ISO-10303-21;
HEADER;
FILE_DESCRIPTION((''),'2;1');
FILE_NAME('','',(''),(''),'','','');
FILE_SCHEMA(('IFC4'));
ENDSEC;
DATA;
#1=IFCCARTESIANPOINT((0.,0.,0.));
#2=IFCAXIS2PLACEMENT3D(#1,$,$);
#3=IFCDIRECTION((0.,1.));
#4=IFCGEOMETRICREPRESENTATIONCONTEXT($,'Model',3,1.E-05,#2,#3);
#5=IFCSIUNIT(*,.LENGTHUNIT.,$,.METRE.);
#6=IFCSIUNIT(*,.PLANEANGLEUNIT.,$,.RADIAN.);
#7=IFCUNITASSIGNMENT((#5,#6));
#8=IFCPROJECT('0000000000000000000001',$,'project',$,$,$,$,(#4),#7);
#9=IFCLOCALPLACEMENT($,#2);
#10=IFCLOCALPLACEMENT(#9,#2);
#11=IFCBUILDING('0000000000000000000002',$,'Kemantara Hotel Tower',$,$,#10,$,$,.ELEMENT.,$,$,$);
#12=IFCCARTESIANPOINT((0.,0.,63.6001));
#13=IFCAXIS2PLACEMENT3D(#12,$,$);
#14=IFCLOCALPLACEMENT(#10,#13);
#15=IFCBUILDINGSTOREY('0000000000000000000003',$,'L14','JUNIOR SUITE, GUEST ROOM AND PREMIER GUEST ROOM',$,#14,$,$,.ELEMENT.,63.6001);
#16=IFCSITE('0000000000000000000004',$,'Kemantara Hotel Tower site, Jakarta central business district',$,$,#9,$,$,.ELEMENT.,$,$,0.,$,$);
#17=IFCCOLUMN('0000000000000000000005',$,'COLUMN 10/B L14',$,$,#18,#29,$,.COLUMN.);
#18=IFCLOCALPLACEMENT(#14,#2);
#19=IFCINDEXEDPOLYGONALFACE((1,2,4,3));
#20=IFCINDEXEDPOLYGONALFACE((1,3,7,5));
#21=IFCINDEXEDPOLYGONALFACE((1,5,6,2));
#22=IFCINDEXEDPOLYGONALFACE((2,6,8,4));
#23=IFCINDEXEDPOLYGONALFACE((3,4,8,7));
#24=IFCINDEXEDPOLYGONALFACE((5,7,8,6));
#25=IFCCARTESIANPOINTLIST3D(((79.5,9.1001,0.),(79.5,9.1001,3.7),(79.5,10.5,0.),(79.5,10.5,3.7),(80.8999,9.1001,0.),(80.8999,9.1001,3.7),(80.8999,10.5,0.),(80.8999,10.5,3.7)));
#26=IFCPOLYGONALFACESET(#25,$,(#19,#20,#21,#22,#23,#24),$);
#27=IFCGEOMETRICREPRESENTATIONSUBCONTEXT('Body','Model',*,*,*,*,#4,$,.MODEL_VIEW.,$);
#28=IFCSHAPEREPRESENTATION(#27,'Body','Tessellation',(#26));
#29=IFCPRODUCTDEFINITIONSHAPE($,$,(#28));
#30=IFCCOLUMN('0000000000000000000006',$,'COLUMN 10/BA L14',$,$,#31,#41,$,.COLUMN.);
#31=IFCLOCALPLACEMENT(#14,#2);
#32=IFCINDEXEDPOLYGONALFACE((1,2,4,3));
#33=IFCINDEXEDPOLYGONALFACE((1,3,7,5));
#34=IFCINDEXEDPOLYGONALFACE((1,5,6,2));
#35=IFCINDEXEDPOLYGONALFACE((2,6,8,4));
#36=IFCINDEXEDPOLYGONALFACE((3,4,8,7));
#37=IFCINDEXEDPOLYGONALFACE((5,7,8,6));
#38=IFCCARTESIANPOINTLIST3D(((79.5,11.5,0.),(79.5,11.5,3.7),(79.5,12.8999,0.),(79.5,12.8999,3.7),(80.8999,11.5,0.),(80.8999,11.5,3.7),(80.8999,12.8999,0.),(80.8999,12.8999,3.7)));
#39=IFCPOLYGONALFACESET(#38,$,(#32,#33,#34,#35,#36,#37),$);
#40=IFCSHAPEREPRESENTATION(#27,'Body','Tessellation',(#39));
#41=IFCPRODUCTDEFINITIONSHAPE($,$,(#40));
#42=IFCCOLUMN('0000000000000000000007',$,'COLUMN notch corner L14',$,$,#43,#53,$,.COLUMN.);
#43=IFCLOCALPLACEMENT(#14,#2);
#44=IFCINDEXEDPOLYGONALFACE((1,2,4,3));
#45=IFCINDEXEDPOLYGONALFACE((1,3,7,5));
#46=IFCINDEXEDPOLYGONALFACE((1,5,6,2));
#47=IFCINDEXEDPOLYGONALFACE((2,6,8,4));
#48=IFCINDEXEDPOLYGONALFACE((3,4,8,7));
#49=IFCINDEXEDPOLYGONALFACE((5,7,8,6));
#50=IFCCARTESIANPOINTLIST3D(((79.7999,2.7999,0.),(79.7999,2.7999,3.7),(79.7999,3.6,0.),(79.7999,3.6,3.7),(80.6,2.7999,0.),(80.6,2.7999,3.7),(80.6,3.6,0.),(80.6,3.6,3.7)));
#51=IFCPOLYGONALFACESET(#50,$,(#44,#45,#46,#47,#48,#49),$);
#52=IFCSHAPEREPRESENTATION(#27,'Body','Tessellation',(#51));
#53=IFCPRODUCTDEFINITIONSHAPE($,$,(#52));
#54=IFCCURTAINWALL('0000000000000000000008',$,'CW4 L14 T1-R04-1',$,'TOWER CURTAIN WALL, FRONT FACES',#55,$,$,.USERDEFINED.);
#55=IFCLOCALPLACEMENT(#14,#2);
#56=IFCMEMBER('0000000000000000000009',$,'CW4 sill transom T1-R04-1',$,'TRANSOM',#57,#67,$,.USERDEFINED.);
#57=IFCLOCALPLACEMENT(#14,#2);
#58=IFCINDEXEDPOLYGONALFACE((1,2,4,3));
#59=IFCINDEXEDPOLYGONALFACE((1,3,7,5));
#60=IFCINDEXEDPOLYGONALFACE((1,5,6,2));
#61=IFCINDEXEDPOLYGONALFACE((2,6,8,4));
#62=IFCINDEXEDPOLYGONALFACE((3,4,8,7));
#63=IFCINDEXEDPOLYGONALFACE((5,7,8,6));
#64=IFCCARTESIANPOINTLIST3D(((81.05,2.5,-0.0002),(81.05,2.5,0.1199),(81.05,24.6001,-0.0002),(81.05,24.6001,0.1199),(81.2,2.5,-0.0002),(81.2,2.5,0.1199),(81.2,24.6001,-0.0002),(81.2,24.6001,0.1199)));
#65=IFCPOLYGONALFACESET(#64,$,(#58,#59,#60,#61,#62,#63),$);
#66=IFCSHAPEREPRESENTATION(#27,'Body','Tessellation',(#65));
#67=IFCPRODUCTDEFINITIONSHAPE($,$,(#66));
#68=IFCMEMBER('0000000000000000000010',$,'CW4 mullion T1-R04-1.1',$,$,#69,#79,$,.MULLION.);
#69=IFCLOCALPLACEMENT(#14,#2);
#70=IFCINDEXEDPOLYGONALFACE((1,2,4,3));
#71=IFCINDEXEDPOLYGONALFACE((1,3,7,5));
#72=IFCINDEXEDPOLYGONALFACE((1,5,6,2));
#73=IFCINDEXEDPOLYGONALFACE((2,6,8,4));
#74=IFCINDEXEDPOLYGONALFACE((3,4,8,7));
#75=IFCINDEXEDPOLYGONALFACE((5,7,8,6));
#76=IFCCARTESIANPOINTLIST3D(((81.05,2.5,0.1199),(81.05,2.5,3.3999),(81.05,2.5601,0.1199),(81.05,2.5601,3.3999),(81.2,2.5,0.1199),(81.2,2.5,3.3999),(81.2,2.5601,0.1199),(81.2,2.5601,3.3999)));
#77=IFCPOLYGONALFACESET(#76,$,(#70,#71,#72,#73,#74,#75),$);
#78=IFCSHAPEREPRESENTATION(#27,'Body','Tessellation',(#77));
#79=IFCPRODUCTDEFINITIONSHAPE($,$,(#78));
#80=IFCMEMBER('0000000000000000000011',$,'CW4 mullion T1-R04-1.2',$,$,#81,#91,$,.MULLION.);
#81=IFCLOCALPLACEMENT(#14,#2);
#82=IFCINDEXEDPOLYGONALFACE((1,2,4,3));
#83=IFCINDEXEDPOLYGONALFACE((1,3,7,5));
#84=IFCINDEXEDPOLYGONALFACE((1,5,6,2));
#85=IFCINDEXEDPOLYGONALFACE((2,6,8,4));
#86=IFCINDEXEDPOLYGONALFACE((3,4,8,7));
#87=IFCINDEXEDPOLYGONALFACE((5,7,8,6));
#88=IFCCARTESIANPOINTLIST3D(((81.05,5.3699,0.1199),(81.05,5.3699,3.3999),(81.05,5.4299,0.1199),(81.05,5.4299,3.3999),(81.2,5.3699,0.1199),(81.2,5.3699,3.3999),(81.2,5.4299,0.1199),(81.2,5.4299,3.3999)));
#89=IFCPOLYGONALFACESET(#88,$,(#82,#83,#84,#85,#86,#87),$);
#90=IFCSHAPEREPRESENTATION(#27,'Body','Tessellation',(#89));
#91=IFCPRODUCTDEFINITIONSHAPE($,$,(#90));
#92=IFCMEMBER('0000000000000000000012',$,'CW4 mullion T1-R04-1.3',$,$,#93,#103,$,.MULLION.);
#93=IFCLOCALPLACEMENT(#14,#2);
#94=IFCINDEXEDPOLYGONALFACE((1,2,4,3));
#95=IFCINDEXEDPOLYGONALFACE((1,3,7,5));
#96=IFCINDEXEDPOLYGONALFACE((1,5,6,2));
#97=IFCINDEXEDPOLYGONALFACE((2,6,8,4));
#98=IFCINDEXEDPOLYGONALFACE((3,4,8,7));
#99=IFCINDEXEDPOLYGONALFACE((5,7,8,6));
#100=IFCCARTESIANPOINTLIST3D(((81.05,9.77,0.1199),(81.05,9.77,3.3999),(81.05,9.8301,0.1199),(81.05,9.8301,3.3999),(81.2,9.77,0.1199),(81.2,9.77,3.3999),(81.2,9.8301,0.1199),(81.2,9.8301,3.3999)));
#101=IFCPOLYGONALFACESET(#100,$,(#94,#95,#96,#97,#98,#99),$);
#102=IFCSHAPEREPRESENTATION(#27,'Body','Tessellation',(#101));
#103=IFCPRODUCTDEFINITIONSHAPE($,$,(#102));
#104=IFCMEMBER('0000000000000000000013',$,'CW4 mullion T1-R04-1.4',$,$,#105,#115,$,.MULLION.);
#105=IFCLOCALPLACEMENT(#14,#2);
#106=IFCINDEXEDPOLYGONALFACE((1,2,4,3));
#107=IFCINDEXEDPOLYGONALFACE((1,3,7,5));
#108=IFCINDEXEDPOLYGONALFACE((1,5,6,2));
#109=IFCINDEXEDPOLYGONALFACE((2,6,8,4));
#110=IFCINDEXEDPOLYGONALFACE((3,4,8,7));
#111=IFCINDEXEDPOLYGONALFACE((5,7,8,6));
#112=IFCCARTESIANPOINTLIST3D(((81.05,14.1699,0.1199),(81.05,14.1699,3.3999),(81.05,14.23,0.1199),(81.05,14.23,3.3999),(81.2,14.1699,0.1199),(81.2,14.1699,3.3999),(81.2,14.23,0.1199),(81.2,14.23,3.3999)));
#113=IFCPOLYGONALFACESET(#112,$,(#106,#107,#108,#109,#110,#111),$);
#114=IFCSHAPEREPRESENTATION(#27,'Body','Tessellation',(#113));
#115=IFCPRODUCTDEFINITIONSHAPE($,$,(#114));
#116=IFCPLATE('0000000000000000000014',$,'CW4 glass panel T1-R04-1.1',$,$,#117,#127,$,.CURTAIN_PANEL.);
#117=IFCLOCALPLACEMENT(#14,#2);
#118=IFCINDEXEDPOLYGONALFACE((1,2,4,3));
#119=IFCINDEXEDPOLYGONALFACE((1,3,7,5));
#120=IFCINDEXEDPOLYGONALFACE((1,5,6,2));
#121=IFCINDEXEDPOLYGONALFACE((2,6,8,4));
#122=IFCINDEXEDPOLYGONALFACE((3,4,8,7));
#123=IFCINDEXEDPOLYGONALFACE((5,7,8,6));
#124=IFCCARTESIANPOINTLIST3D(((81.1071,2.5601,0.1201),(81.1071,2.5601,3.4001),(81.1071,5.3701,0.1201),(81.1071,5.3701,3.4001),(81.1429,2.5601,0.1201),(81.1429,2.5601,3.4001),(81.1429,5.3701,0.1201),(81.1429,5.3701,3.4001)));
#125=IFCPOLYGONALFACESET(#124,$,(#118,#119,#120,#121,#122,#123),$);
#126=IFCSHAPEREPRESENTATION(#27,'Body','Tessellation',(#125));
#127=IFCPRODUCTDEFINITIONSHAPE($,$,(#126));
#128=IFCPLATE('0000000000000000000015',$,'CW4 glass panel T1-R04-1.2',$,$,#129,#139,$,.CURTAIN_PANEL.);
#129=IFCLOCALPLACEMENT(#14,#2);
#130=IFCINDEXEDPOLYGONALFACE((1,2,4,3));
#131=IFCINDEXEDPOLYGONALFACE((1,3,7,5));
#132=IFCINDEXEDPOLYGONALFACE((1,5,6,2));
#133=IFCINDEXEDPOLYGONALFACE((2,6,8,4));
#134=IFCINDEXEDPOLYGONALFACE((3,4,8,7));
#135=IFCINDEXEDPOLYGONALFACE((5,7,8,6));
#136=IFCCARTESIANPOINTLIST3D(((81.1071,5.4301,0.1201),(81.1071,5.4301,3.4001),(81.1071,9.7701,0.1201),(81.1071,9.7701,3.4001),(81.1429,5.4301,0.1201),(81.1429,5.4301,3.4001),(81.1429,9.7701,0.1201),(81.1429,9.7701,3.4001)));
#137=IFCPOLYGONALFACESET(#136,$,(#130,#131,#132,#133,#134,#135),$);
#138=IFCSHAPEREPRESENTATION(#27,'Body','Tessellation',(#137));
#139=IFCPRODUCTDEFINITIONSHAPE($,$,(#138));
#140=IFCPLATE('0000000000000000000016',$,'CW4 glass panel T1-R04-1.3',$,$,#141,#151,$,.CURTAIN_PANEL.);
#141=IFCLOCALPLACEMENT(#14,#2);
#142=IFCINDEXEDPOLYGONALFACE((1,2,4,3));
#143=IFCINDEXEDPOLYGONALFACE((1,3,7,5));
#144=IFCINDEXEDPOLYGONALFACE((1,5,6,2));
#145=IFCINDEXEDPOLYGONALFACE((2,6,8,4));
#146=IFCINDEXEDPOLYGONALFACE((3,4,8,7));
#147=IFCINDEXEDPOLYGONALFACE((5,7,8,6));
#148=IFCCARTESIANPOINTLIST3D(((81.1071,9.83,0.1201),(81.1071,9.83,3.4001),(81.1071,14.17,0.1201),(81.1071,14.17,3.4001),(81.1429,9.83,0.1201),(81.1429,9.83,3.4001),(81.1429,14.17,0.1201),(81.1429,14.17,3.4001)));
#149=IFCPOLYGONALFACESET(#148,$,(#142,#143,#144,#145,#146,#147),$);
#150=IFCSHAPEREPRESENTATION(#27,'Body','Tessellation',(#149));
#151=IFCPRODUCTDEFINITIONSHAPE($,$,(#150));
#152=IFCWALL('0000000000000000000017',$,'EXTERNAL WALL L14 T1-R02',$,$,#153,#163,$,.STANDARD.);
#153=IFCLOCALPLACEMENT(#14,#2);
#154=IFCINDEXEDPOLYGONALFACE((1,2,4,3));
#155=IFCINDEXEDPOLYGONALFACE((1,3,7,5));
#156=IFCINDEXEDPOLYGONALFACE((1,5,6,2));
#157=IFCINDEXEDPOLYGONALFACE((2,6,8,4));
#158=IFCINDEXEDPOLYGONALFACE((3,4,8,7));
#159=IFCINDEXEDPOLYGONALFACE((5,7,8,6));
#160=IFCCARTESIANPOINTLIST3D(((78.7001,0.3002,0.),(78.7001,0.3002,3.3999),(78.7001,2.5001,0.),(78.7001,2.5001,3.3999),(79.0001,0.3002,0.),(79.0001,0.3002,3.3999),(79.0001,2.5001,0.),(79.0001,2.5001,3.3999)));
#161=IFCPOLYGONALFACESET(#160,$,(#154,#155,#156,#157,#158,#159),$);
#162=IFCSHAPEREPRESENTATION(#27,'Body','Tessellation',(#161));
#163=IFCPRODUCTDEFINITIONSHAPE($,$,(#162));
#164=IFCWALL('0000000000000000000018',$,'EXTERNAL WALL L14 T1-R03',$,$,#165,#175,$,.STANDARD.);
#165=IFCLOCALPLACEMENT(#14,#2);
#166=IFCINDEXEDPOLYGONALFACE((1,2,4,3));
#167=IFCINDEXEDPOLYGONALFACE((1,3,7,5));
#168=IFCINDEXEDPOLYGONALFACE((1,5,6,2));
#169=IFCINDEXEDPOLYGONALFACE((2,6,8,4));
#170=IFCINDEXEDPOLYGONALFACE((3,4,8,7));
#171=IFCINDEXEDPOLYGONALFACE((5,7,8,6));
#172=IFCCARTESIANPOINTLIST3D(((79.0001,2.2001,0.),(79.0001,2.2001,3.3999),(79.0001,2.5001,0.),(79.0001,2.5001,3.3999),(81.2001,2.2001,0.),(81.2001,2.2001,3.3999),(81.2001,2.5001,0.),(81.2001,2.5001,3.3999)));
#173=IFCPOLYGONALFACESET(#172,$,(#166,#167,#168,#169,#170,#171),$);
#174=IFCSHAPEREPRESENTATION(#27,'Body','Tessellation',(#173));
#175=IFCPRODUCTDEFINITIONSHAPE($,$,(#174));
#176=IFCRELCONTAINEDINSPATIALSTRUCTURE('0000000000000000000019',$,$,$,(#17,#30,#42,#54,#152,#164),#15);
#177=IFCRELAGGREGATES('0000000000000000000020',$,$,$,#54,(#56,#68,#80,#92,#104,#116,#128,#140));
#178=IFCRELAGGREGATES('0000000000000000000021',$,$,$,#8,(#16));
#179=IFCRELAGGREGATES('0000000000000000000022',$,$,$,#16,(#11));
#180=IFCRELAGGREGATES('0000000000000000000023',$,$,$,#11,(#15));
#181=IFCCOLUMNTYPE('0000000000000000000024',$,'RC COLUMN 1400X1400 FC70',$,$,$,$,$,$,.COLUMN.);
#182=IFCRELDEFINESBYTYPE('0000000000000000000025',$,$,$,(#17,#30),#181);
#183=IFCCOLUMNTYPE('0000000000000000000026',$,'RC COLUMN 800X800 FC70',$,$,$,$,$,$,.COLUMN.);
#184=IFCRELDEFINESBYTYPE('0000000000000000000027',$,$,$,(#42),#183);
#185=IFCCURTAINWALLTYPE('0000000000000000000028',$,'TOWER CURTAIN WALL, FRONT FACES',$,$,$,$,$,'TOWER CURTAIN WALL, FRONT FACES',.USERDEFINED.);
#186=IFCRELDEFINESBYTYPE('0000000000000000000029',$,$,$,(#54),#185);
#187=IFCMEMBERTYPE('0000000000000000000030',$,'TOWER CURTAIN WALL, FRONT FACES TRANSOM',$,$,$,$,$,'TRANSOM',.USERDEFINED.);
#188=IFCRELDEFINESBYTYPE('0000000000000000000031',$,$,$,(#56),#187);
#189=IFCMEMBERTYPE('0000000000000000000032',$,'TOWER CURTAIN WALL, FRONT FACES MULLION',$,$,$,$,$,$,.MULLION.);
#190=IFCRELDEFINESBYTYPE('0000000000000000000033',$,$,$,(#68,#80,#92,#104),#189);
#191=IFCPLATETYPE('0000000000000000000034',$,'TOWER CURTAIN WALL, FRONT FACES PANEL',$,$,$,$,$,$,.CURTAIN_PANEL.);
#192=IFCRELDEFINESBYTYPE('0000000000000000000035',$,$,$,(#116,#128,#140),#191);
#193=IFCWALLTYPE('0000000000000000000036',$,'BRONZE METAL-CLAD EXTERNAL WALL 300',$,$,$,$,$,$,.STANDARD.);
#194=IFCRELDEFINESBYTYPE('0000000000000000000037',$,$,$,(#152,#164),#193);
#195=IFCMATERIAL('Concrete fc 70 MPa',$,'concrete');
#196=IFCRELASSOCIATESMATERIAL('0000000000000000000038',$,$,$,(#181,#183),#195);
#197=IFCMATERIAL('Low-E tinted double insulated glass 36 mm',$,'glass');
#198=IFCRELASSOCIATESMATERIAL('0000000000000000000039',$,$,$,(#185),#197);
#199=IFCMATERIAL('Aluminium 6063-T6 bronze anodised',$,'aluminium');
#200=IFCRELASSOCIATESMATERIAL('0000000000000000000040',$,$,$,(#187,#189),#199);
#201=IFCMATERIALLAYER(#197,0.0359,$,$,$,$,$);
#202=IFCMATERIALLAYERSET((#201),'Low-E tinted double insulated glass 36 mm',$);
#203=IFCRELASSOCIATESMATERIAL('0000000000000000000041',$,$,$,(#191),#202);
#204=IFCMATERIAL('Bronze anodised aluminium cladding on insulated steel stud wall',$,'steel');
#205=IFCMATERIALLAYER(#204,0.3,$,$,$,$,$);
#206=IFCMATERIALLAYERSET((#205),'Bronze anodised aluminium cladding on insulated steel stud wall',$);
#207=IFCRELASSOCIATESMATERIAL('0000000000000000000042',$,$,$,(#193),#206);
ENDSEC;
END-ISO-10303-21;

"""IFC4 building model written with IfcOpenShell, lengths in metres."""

from ifc_helpers import new_model, si_unit, direction, frame, frame_2d, origin, origin_2d, place, context, subcontext, project, spatial, rectangle, extrude, source, transform, mapped, material, layer, layer_set, material_profile, profile_set, type_object, element, aggregate, save


model = new_model("IFC4")

# Units and contexts
model_context = context("Model", 3, precision=1e-05, world=origin(), true_north=direction((0.0, 1.0)))
body_context = subcontext(model_context, "Body", "Model", "MODEL_VIEW")
ifc_project = project(units=[si_unit("LENGTHUNIT", "METRE"), si_unit("PLANEANGLEUNIT", "RADIAN")], contexts=[model_context])

# Site, building, storey
site_placement = place(None, origin())
site = spatial("IfcSite", under=ifc_project, at=site_placement, Name="Kemantara Hotel Tower site, Jakarta central business district", CompositionType="ELEMENT", RefElevation=0.0)
building_placement = place(site_placement, origin())
building = spatial("IfcBuilding", under=site, at=building_placement, Name="Kemantara Hotel Tower", CompositionType="ELEMENT")
storey_placement = place(building_placement, frame((0.0, 0.0, 63.6001)))
storey = spatial("IfcBuildingStorey", under=building, at=storey_placement, Name="L14", Description="JUNIOR SUITE, GUEST ROOM AND PREMIER GUEST ROOM", CompositionType="ELEMENT", Elevation=63.6001)

# Columns
ifc_material_1 = material(Name="Concrete fc 70 MPa", Category="concrete")
ifc_material_profile_1 = material_profile(ifc_material_1, rectangle(XDim=1.3999, YDim=1.3999, at=origin_2d()), Name="RC 1400X1400")
ifc_profile_set_1 = profile_set([ifc_material_profile_1], Name="Concrete fc 70 MPa")
column_type_1 = type_object("IfcColumnType", Name="RC COLUMN 1400X1400 FC70", PredefinedType="COLUMN", material=ifc_profile_set_1)
for number, where, z_axis, x_axis, name in (
    (1, (80.2, 9.8, 0.0), (0.0, 0.0, 1.0), (1.0, 0.0, 0.0), "COLUMN 10/B L14"),
    (2, (80.2, 12.2, 0.0), (0.0, 0.0, 1.0), (1.0, 0.0, 0.0), "COLUMN 10/BA L14"),
):
    element("IfcColumn", number, at=place(storey_placement, frame(where, z_axis=z_axis, x_axis=x_axis)), inside=storey, type_object=column_type_1, Name=name, PredefinedType="COLUMN", context=body_context, shape_type="SweptSolid", body=[
        extrude(rectangle(XDim=1.3999, YDim=1.3999, at=origin_2d()), origin(), (0.0, 0.0, 1.0), 3.7),
    ])
ifc_material_profile_2 = material_profile(ifc_material_1, rectangle(XDim=0.8, YDim=0.8, at=origin_2d()), Name="RC 800X800")
ifc_profile_set_2 = profile_set([ifc_material_profile_2], Name="Concrete fc 70 MPa")
column_type_2 = type_object("IfcColumnType", Name="RC COLUMN 800X800 FC70", PredefinedType="COLUMN", material=ifc_profile_set_2)
column_placement = place(storey_placement, frame((80.2, 3.2, 0.0), z_axis=(0.0, 0.0, 1.0), x_axis=(1.0, 0.0, 0.0)))
element("IfcColumn", 3, at=column_placement, inside=storey, type_object=column_type_2, Name="COLUMN notch corner L14", PredefinedType="COLUMN", context=body_context, shape_type="SweptSolid", body=[
    extrude(rectangle(XDim=0.8, YDim=0.8, at=origin_2d()), origin(), (0.0, 0.0, 1.0), 3.7),
])

# Curtain wall, members, plates
ifc_material_2 = material(Name="Low-E tinted double insulated glass 36 mm", Category="glass")
curtain_wall_type = type_object("IfcCurtainWallType", Name="TOWER CURTAIN WALL, FRONT FACES", ElementType="TOWER CURTAIN WALL, FRONT FACES", PredefinedType="USERDEFINED", material=ifc_material_2)
curtain_wall_placement = place(storey_placement, origin())
curtain_wall = element("IfcCurtainWall", 4, at=curtain_wall_placement, inside=storey, type_object=curtain_wall_type, Name="CW4 L14 T1-R04-1", ObjectType="TOWER CURTAIN WALL, FRONT FACES", PredefinedType="USERDEFINED")
ifc_material_3 = material(Name="Aluminium 6063-T6 bronze anodised", Category="aluminium")
ifc_material_profile_3 = material_profile(ifc_material_3, rectangle(XDim=0.1499, YDim=0.1201, at=origin_2d()), Name="TOWER CURTAIN WALL, FRONT FACES TRANSOM")
ifc_profile_set_3 = profile_set([ifc_material_profile_3], Name="Aluminium 6063-T6 bronze anodised")
member_type_1 = type_object("IfcMemberType", Name="TOWER CURTAIN WALL, FRONT FACES TRANSOM", ElementType="TRANSOM", PredefinedType="USERDEFINED", material=ifc_profile_set_3)
member_1_placement = place(storey_placement, frame((81.125, 2.5, 0.0598), z_axis=(0.0, 1.0, 0.0), x_axis=(-1.0, 0.0, 0.0)))
member_1 = element("IfcMember", 5, at=member_1_placement, type_object=member_type_1, Name="CW4 sill transom T1-R04-1", ObjectType="TRANSOM", PredefinedType="USERDEFINED", context=body_context, shape_type="SweptSolid", body=[
    extrude(rectangle(XDim=0.1499, YDim=0.1201, at=origin_2d()), origin(), (0.0, 0.0, 1.0), 22.1001),
])
ifc_material_profile_4 = material_profile(ifc_material_3, rectangle(XDim=0.1499, YDim=0.0601, at=origin_2d()), Name="TOWER CURTAIN WALL, FRONT FACES MULLION")
ifc_profile_set_4 = profile_set([ifc_material_profile_4], Name="Aluminium 6063-T6 bronze anodised")
member_type_2 = type_object("IfcMemberType", Name="TOWER CURTAIN WALL, FRONT FACES MULLION", PredefinedType="MULLION", material=ifc_profile_set_4)
shared_shape_1 = source(origin(), body_context, "Body", "SweptSolid", [
    extrude(rectangle(XDim=0.1499, YDim=0.0601, at=origin_2d()), origin(), (0.0, 0.0, 1.0), 3.28),
])
member_2_placement = place(storey_placement, frame((81.125, 2.53, 0.1199), z_axis=(0.0, 0.0, 1.0), x_axis=(-1.0, 0.0, 0.0)))
member_2 = element("IfcMember", 6, at=member_2_placement, type_object=member_type_2, Name="CW4 mullion T1-R04-1.1", PredefinedType="MULLION", context=body_context, shape_type="MappedRepresentation", body=[
    mapped(shared_shape_1, transform((0.0, 0.0, 0.0))),
])
member_3_placement = place(storey_placement, frame((81.125, 5.3999, 0.1199), z_axis=(0.0, 0.0, 1.0), x_axis=(-1.0, 0.0, 0.0)))
member_3 = element("IfcMember", 7, at=member_3_placement, type_object=member_type_2, Name="CW4 mullion T1-R04-1.2", PredefinedType="MULLION", context=body_context, shape_type="MappedRepresentation", body=[
    mapped(shared_shape_1, transform((0.0, 0.0, 0.0))),
])
member_4_placement = place(storey_placement, frame((81.125, 9.8, 0.1199), z_axis=(0.0, 0.0, 1.0), x_axis=(-1.0, 0.0, 0.0)))
member_4 = element("IfcMember", 8, at=member_4_placement, type_object=member_type_2, Name="CW4 mullion T1-R04-1.3", PredefinedType="MULLION", context=body_context, shape_type="MappedRepresentation", body=[
    mapped(shared_shape_1, transform((0.0, 0.0, 0.0))),
])
member_5_placement = place(storey_placement, frame((81.125, 14.2, 0.1199), z_axis=(0.0, 0.0, 1.0), x_axis=(-1.0, 0.0, 0.0)))
member_5 = element("IfcMember", 9, at=member_5_placement, type_object=member_type_2, Name="CW4 mullion T1-R04-1.4", PredefinedType="MULLION", context=body_context, shape_type="MappedRepresentation", body=[
    mapped(shared_shape_1, transform((0.0, 0.0, 0.0))),
])
ifc_layer_1 = layer(ifc_material_2, 0.0359)
ifc_layer_set_1 = layer_set([ifc_layer_1], Name="Low-E tinted double insulated glass 36 mm")
plate_type = type_object("IfcPlateType", Name="TOWER CURTAIN WALL, FRONT FACES PANEL", PredefinedType="CURTAIN_PANEL", material=ifc_layer_set_1)
shared_shape_2 = source(origin(), body_context, "Body", "SweptSolid", [
    extrude(rectangle(XDim=2.8101, YDim=0.0359, at=origin_2d()), origin(), (0.0, 0.0, 1.0), 3.28),
])
plate_1_placement = place(storey_placement, frame((81.125, 3.9651, 0.1201), z_axis=(0.0, 0.0, 1.0), x_axis=(0.0, 1.0, 0.0)))
plate_1 = element("IfcPlate", 10, at=plate_1_placement, type_object=plate_type, Name="CW4 glass panel T1-R04-1.1", PredefinedType="CURTAIN_PANEL", context=body_context, shape_type="MappedRepresentation", body=[
    mapped(shared_shape_2, transform((0.0, 0.0, 0.0))),
])
shared_shape_3 = source(origin(), body_context, "Body", "SweptSolid", [
    extrude(rectangle(XDim=4.3401, YDim=0.0359, at=origin_2d()), origin(), (0.0, 0.0, 1.0), 3.28),
])
plate_2_placement = place(storey_placement, frame((81.125, 7.6001, 0.1201), z_axis=(0.0, 0.0, 1.0), x_axis=(0.0, 1.0, 0.0)))
plate_2 = element("IfcPlate", 11, at=plate_2_placement, type_object=plate_type, Name="CW4 glass panel T1-R04-1.2", PredefinedType="CURTAIN_PANEL", context=body_context, shape_type="MappedRepresentation", body=[
    mapped(shared_shape_3, transform((0.0, 0.0, 0.0))),
])
plate_3_placement = place(storey_placement, frame((81.125, 12.0, 0.1201), z_axis=(0.0, 0.0, 1.0), x_axis=(0.0, 1.0, 0.0)))
plate_3 = element("IfcPlate", 12, at=plate_3_placement, type_object=plate_type, Name="CW4 glass panel T1-R04-1.3", PredefinedType="CURTAIN_PANEL", context=body_context, shape_type="MappedRepresentation", body=[
    mapped(shared_shape_3, transform((0.0, 0.0, 0.0))),
])
aggregate(curtain_wall, [member_1, member_2, member_3, member_4, member_5, plate_1, plate_2, plate_3])

# Walls
ifc_material_4 = material(Name="Bronze anodised aluminium cladding on insulated steel stud wall", Category="steel")
ifc_layer_2 = layer(ifc_material_4, 0.3)
ifc_layer_set_2 = layer_set([ifc_layer_2], Name="Bronze anodised aluminium cladding on insulated steel stud wall")
wall_type_1 = type_object("IfcWallType", Name="BRONZE METAL-CLAD EXTERNAL WALL 300", PredefinedType="STANDARD", material=ifc_layer_set_2)
for number, where, z_axis, x_axis, name in (
    (13, (78.8501, 0.3, 0.0), (0.0, 0.0, 1.0), (0.0, 1.0, 0.0), "EXTERNAL WALL L14 T1-R02"),
    (14, (79.0, 2.3501, 0.0), (0.0, 0.0, 1.0), (1.0, 0.0, 0.0), "EXTERNAL WALL L14 T1-R03"),
):
    element("IfcWall", number, at=place(storey_placement, frame(where, z_axis=z_axis, x_axis=x_axis)), inside=storey, type_object=wall_type_1, Name=name, PredefinedType="STANDARD", context=body_context, shape_type="SweptSolid", body=[
        extrude(rectangle(XDim=2.2, YDim=0.3, at=frame_2d((1.1001, 0.0))), origin(), (0.0, 0.0, 1.0), 3.3999),
    ])

save(model, "model.ifc")
